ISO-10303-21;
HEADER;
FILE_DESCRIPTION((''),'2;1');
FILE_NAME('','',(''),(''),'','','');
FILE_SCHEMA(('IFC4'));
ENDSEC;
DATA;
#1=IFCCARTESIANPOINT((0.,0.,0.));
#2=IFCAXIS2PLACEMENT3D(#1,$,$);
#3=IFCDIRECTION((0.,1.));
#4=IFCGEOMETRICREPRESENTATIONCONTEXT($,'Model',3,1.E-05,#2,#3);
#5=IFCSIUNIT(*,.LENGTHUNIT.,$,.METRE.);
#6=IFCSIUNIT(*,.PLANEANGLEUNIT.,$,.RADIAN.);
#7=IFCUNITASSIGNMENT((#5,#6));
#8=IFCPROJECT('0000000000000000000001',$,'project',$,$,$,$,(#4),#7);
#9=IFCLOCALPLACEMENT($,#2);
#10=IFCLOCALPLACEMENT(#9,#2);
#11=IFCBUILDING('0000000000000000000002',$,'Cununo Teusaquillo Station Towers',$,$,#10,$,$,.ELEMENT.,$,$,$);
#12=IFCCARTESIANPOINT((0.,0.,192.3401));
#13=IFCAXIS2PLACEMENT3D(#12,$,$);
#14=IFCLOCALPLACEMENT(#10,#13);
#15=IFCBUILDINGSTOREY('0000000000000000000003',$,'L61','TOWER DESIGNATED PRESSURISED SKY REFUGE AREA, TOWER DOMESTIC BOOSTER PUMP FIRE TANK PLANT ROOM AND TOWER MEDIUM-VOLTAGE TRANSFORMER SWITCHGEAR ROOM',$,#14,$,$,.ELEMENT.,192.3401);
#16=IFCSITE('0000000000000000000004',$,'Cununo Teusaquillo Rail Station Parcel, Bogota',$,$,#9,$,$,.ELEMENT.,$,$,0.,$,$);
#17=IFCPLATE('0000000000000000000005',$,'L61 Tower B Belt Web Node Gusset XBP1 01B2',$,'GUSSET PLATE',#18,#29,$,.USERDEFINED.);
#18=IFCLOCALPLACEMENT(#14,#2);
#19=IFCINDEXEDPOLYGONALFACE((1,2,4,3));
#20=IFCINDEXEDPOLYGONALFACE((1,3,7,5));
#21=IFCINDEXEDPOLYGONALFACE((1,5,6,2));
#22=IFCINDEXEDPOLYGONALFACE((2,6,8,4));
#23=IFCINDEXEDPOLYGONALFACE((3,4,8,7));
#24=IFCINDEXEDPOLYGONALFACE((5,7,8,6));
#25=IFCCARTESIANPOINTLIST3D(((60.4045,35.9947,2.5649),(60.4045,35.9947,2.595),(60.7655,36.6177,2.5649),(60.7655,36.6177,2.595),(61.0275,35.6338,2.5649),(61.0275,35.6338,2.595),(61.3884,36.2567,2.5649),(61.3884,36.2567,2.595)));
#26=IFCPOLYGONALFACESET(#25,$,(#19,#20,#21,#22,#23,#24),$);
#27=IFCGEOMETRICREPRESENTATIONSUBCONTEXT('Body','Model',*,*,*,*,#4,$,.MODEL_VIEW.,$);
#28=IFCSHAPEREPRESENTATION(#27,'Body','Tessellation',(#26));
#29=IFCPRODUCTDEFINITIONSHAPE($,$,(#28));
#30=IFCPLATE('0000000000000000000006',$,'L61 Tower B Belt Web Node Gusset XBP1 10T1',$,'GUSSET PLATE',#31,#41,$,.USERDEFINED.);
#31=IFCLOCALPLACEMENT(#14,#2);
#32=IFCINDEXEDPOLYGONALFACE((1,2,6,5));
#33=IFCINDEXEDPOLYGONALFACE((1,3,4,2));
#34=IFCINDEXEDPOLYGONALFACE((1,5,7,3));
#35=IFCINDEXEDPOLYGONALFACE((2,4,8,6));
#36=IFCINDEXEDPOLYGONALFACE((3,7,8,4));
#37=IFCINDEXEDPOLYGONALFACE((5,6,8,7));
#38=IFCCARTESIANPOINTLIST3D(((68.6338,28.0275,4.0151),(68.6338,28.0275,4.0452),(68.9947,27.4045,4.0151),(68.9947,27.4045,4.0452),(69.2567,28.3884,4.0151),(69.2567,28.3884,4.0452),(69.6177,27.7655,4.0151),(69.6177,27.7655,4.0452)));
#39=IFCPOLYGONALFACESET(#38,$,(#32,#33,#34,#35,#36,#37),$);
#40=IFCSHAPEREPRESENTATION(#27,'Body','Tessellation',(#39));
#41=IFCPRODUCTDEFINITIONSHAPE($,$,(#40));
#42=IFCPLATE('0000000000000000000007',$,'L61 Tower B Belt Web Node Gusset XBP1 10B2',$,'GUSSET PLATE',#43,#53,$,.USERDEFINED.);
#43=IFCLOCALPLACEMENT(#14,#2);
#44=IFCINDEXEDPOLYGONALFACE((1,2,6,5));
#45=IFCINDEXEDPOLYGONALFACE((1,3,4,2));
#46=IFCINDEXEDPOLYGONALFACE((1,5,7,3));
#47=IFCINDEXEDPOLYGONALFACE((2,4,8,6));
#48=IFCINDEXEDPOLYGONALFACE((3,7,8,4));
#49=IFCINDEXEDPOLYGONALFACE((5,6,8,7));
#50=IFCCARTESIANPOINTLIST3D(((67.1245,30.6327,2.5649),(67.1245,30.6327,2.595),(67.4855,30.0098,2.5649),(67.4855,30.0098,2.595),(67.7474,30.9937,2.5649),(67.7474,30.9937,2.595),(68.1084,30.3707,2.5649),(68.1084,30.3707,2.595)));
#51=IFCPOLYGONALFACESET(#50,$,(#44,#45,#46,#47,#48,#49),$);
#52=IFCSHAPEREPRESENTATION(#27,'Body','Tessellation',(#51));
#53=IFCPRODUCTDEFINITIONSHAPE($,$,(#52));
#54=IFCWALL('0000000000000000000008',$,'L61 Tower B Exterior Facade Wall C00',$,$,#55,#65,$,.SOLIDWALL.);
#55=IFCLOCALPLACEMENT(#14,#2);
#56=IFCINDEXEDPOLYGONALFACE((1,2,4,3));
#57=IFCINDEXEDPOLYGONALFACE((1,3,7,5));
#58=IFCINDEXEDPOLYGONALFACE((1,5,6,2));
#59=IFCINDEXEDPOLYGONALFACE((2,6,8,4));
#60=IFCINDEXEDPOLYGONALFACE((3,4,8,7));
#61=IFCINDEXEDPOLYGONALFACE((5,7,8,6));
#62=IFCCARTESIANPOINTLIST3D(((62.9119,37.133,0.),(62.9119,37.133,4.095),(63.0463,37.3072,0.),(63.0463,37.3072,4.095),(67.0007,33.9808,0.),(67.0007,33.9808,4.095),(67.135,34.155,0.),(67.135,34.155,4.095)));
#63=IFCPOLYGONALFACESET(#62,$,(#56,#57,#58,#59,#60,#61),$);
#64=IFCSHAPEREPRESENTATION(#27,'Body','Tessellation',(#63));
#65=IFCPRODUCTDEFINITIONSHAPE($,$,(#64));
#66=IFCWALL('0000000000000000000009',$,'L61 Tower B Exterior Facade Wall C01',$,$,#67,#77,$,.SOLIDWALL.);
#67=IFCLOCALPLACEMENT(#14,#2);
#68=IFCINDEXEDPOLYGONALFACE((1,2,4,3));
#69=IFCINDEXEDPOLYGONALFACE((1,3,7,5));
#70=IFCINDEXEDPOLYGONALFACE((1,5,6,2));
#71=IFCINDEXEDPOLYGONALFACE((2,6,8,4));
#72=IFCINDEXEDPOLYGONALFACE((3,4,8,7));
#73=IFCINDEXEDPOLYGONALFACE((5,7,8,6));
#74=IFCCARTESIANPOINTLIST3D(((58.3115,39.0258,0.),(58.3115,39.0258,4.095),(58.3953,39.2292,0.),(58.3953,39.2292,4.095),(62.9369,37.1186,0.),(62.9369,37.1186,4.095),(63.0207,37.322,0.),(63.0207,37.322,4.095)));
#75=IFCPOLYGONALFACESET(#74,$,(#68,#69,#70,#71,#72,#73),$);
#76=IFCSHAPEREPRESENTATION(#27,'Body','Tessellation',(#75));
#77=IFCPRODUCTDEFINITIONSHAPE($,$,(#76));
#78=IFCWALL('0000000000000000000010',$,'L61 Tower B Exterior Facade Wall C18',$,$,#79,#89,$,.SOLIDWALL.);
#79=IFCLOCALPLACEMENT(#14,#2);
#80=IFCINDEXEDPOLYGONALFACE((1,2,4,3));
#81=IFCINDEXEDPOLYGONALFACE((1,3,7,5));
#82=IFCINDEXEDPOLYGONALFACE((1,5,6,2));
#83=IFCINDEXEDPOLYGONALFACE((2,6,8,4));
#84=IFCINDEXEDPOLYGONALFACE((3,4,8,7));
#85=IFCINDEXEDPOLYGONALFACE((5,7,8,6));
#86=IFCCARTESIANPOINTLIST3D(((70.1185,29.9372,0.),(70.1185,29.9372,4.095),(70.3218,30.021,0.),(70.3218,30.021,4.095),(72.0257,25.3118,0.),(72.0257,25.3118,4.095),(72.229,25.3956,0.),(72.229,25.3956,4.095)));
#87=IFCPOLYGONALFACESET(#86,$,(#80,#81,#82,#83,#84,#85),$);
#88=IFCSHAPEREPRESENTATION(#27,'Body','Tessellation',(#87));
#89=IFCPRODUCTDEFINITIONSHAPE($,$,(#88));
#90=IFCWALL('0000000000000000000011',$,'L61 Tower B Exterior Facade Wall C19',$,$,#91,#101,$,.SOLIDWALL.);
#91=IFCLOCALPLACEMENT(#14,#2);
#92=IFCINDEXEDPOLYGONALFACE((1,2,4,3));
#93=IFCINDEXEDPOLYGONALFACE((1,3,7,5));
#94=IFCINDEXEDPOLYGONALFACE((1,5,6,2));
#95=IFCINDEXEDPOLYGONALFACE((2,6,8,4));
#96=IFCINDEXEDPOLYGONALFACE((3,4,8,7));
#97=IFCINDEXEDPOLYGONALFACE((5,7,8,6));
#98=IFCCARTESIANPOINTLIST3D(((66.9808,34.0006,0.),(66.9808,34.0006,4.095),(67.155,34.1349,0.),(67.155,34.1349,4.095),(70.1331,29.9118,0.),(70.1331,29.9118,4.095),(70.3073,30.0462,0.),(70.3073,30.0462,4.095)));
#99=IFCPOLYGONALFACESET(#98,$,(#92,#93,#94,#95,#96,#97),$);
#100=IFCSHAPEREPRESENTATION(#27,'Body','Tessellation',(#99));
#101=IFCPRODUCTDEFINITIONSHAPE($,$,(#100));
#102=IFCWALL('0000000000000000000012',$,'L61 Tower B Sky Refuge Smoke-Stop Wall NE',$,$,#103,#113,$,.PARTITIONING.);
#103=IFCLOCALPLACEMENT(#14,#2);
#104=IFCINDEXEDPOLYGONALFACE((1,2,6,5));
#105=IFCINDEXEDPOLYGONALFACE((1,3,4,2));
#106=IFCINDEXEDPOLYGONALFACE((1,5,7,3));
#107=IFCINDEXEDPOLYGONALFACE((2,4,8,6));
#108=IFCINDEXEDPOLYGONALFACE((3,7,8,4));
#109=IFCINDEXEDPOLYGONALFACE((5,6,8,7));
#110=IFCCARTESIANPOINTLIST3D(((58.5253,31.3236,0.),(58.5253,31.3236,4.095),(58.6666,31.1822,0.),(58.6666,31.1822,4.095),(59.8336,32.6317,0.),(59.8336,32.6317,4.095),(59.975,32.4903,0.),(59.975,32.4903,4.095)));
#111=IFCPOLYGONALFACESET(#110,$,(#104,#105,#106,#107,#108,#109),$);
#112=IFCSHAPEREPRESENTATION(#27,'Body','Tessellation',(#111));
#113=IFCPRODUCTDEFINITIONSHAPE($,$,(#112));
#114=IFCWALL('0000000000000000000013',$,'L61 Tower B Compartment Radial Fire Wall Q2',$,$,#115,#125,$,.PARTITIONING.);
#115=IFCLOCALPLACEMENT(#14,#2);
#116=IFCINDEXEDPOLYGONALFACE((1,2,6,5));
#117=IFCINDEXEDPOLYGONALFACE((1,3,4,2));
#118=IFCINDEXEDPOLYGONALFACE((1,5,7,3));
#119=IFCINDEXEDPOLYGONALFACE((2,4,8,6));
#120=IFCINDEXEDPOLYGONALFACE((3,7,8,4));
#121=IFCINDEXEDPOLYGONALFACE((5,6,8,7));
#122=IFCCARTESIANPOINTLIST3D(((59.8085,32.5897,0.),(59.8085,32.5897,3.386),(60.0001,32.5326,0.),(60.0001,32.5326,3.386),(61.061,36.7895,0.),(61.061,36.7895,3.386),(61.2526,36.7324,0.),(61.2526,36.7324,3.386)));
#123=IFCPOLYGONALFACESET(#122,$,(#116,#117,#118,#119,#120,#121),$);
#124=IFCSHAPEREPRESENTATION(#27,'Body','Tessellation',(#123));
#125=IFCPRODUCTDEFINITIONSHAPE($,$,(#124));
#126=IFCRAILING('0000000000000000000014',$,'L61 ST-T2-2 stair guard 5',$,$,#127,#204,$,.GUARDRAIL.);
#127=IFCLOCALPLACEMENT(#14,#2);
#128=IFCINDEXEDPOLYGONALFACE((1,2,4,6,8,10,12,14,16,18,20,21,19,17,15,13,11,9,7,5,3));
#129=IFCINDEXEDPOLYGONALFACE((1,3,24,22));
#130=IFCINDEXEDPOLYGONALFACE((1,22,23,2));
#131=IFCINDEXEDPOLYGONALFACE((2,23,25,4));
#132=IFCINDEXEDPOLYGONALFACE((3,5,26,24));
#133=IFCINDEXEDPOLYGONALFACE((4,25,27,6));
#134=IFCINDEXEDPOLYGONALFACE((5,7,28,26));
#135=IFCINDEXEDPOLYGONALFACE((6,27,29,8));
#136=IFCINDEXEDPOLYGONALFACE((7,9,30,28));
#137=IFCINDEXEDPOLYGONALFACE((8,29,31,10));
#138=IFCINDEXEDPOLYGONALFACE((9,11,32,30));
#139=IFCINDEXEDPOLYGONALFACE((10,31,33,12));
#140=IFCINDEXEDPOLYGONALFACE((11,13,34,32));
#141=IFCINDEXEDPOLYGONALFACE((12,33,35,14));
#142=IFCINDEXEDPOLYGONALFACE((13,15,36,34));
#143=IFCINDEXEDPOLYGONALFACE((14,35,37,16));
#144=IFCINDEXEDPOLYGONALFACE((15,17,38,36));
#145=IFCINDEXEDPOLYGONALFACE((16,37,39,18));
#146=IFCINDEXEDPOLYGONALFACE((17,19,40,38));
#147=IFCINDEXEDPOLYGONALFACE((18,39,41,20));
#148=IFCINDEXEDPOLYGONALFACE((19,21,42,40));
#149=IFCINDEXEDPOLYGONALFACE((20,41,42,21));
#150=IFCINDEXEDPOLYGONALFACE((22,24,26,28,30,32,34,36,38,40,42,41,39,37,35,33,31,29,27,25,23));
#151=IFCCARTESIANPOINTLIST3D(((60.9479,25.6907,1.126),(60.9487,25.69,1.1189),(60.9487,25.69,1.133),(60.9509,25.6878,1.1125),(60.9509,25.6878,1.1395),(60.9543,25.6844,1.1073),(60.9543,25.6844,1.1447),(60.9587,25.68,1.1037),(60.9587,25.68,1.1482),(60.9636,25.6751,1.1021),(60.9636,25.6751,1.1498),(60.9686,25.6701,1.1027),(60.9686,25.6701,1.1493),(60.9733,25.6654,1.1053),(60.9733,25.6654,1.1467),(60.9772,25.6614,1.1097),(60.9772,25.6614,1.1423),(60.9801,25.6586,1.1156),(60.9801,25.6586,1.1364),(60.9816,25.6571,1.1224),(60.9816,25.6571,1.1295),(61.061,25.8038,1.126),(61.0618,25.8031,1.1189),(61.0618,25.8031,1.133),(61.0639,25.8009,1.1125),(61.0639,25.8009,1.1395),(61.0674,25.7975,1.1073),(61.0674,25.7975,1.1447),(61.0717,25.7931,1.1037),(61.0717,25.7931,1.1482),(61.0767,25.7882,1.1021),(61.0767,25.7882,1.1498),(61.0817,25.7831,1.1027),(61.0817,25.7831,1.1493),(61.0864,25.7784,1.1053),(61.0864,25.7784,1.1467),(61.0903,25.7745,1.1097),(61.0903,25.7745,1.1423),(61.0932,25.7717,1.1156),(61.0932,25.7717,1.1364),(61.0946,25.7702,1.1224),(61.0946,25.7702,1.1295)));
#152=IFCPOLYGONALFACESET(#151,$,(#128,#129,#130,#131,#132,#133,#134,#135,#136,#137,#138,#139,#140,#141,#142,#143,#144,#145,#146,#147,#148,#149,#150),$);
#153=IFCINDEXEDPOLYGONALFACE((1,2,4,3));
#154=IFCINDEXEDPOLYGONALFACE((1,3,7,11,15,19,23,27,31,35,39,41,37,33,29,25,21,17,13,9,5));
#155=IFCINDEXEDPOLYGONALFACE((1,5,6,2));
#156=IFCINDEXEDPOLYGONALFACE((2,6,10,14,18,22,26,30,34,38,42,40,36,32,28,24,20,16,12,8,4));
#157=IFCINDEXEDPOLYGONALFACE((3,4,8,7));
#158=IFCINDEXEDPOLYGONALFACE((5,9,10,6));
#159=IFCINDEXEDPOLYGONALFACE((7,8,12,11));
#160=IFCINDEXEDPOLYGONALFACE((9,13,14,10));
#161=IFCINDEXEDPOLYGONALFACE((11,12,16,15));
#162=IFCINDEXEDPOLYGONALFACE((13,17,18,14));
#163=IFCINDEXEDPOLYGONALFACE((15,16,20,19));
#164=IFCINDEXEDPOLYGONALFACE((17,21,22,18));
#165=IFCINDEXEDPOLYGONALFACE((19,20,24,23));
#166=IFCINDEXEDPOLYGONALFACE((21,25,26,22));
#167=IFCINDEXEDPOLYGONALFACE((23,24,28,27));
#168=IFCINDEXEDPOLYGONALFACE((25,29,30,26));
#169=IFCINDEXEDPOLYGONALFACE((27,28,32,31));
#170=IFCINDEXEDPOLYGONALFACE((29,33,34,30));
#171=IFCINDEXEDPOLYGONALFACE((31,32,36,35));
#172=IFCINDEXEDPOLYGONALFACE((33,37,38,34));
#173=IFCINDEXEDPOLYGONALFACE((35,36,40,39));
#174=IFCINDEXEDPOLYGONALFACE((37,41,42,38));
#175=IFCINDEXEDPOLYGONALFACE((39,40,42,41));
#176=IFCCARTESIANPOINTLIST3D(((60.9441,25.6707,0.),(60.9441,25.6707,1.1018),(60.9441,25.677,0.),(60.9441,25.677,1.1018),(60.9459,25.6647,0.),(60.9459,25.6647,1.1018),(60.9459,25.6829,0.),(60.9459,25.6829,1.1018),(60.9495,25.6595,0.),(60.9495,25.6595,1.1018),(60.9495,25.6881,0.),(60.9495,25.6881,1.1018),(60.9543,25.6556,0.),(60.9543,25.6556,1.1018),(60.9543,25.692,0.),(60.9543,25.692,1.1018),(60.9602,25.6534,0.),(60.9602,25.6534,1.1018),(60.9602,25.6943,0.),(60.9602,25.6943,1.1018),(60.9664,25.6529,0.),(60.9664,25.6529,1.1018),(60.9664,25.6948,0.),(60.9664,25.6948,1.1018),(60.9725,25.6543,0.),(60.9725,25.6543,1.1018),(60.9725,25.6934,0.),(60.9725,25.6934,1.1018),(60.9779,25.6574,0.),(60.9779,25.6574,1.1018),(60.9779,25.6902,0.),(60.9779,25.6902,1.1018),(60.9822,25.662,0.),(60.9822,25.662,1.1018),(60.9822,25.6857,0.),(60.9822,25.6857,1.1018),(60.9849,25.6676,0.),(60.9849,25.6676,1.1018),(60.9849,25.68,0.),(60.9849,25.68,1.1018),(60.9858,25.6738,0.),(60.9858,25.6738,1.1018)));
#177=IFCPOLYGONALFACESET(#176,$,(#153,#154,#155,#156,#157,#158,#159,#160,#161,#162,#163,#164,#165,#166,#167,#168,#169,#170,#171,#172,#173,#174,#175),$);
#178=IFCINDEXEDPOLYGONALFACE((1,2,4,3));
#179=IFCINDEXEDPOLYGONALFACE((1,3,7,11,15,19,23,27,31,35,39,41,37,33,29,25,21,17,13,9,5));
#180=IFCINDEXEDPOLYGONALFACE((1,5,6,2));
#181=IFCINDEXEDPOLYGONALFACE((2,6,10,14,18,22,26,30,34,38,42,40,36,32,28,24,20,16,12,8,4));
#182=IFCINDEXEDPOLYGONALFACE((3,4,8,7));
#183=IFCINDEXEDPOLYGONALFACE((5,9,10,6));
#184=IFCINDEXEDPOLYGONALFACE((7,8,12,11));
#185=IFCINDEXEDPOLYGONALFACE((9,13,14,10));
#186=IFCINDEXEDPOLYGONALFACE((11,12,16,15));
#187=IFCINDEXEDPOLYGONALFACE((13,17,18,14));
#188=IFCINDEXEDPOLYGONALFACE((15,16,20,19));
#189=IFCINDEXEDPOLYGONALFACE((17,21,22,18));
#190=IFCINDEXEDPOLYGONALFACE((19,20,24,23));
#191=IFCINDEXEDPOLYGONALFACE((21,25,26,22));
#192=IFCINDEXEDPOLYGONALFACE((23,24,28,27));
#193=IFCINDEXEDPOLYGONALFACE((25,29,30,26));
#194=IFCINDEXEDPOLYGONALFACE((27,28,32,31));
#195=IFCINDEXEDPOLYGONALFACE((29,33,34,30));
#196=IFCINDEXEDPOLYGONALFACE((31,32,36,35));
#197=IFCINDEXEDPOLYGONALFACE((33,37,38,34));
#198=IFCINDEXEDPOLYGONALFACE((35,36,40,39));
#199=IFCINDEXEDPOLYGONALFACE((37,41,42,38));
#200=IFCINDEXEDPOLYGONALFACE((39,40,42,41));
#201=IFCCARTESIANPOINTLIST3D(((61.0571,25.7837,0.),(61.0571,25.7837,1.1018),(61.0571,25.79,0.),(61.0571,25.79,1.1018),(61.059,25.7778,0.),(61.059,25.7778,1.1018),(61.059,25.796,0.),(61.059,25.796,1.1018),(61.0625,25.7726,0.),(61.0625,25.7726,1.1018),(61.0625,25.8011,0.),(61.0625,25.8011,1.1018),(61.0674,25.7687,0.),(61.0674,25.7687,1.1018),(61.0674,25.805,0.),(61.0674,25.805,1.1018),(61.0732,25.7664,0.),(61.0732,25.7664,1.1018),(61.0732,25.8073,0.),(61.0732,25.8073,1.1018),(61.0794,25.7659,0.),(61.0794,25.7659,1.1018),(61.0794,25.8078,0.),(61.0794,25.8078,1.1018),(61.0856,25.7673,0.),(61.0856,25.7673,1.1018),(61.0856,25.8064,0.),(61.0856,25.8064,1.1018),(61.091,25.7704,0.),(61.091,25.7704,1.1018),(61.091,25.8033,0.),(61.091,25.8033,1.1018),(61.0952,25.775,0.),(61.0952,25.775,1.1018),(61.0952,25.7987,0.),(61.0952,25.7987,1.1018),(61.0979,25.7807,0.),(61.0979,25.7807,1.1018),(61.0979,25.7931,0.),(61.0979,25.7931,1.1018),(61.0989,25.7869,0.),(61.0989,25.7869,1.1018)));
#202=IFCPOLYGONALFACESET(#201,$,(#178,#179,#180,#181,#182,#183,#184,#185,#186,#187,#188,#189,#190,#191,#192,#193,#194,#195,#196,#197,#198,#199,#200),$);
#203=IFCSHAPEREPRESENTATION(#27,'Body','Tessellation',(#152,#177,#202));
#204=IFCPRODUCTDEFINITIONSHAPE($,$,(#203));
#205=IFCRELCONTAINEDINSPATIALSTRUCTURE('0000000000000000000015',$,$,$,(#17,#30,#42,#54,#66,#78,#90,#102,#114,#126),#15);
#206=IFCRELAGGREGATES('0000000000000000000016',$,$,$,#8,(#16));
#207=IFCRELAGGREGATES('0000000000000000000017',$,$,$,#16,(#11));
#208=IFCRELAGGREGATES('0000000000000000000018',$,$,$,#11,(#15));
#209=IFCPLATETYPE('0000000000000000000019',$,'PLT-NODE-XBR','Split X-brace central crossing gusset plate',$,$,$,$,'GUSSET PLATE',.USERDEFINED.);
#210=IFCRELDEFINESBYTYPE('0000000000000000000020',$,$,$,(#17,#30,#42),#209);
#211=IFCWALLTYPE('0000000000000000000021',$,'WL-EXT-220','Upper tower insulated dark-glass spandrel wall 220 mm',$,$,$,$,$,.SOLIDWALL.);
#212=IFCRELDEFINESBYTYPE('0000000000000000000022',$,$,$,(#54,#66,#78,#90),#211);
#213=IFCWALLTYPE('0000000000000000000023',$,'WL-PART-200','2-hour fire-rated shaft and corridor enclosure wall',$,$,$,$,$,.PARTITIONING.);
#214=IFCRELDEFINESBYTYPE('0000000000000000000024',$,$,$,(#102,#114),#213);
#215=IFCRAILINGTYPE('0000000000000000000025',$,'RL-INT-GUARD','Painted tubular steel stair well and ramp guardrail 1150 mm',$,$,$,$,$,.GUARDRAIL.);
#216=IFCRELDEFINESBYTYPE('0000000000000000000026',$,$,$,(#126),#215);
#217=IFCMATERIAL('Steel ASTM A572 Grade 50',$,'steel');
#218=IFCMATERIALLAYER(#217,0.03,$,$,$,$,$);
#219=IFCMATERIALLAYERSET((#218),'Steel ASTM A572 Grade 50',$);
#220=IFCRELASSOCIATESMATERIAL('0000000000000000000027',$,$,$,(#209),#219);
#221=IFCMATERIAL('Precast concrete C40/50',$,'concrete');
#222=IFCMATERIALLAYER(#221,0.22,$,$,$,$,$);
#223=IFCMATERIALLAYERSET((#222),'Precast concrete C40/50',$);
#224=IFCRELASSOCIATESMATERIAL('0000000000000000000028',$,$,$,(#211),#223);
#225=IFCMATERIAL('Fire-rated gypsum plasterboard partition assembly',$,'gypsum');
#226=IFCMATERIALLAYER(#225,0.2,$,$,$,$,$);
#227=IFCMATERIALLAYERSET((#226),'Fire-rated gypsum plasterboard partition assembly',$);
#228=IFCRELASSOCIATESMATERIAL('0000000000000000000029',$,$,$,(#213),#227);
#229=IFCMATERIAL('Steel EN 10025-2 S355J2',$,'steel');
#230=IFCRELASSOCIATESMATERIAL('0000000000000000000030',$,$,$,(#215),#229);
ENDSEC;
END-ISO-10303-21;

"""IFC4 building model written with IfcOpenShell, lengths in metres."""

from ifc_helpers import new_model, si_unit, direction, frame, frame_2d, origin, origin_2d, place, context, subcontext, project, spatial, rectangle, circle, extrude, source, transform, mapped, material, layer, layer_set, type_object, element, save


model = new_model("IFC4")

# Units and contexts
model_context = context("Model", 3, precision=1e-05, world=origin(), true_north=direction((0.0, 1.0)))
body_context = subcontext(model_context, "Body", "Model", "MODEL_VIEW")
ifc_project = project(units=[si_unit("LENGTHUNIT", "METRE"), si_unit("PLANEANGLEUNIT", "RADIAN")], contexts=[model_context])

# Site, building, storey
site_placement = place(None, origin())
site = spatial("IfcSite", under=ifc_project, at=site_placement, Name="Cununo Teusaquillo Rail Station Parcel, Bogota", CompositionType="ELEMENT", RefElevation=0.0)
building_placement = place(site_placement, origin())
building = spatial("IfcBuilding", under=site, at=building_placement, Name="Cununo Teusaquillo Station Towers", CompositionType="ELEMENT")
storey_placement = place(building_placement, frame((0.0, 0.0, 192.3401)))
storey = spatial("IfcBuildingStorey", under=building, at=storey_placement, Name="L61", Description="TOWER DESIGNATED PRESSURISED SKY REFUGE AREA, TOWER DOMESTIC BOOSTER PUMP FIRE TANK PLANT ROOM AND TOWER MEDIUM-VOLTAGE TRANSFORMER SWITCHGEAR ROOM", CompositionType="ELEMENT", Elevation=192.3401)

# Plates
ifc_material_1 = material(Name="Steel ASTM A572 Grade 50", Category="steel")
ifc_layer_1 = layer(ifc_material_1, 0.03)
ifc_layer_set_1 = layer_set([ifc_layer_1], Name="Steel ASTM A572 Grade 50")
plate_type_1 = type_object("IfcPlateType", Name="PLT-NODE-XBR", Description="Split X-brace central crossing gusset plate", ElementType="GUSSET PLATE", PredefinedType="USERDEFINED", material=ifc_layer_set_1)
shared_shape_1 = source(origin(), body_context, "Body", "SweptSolid", [
    extrude(rectangle(XDim=0.72, YDim=0.72, at=origin_2d()), origin(), (0.0, 0.0, 1.0), 0.03),
])
for number, where, z_axis, x_axis, name in (
    (1, (60.8965, 36.1257, 2.5649), (0.0, 0.0, 1.0), (-0.865239, 0.50136, 0.0), "L61 Tower B Belt Web Node Gusset XBP1 01B2"),
    (2, (69.1257, 27.8965, 4.0151), (0.0, 0.0, 1.0), (-0.50136, 0.865239, 0.0), "L61 Tower B Belt Web Node Gusset XBP1 10T1"),
    (3, (67.6165, 30.5017, 2.5649), (0.0, 0.0, 1.0), (-0.50136, 0.865239, 0.0), "L61 Tower B Belt Web Node Gusset XBP1 10B2"),
):
    element("IfcPlate", number, at=place(storey_placement, frame(where, z_axis=z_axis, x_axis=x_axis)), inside=storey, type_object=plate_type_1, Name=name, ObjectType="GUSSET PLATE", PredefinedType="USERDEFINED", context=body_context, shape_type="MappedRepresentation", body=[
        mapped(shared_shape_1, transform((0.0, 0.0, 0.0), x_axis=(1.0, 0.0, 0.0), y_axis=(0.0, 1.0, 0.0), z_axis=(0.0, 0.0, 1.0), scale=1.0)),
    ])

# Walls
ifc_material_2 = material(Name="Precast concrete C40/50", Category="concrete")
ifc_layer_2 = layer(ifc_material_2, 0.22)
ifc_layer_set_2 = layer_set([ifc_layer_2], Name="Precast concrete C40/50")
wall_type_1 = type_object("IfcWallType", Name="WL-EXT-220", Description="Upper tower insulated dark-glass spandrel wall 220 mm", PredefinedType="SOLIDWALL", material=ifc_layer_set_2)
wall_1_placement = place(storey_placement, frame((62.979, 37.2202, 0.0), z_axis=(0.0, 0.0, 1.0), x_axis=(0.791963, -0.61057, 0.0)))
element("IfcWall", 4, at=wall_1_placement, inside=storey, type_object=wall_type_1, Name="L61 Tower B Exterior Facade Wall C00", PredefinedType="SOLIDWALL", context=body_context, shape_type="SweptSolid", body=[
    extrude(rectangle(XDim=5.1628, YDim=0.22, at=frame_2d((2.5815, 0.0))), origin(), (0.0, 0.0, 1.0), 4.095),
])
for number, where, z_axis, x_axis, name in (
    (5, (58.3535, 39.1274, 0.0), (0.0, 0.0, 1.0), (0.924494, -0.381196, 0.0), "L61 Tower B Exterior Facade Wall C01"),
    (6, (70.2202, 29.979, 0.0), (0.0, 0.0, 1.0), (0.381196, -0.924494, 0.0), "L61 Tower B Exterior Facade Wall C18"),
):
    element("IfcWall", number, at=place(storey_placement, frame(where, z_axis=z_axis, x_axis=x_axis)), inside=storey, type_object=wall_type_1, Name=name, PredefinedType="SOLIDWALL", context=body_context, shape_type="SweptSolid", body=[
        extrude(rectangle(XDim=5.0032, YDim=0.22, at=frame_2d((2.5015, 0.0))), origin(), (0.0, 0.0, 1.0), 4.095),
    ])
wall_2_placement = place(storey_placement, frame((67.0679, 34.0679, 0.0), z_axis=(0.0, 0.0, 1.0), x_axis=(0.61057, -0.791963, 0.0)))
element("IfcWall", 7, at=wall_2_placement, inside=storey, type_object=wall_type_1, Name="L61 Tower B Exterior Facade Wall C19", PredefinedType="SOLIDWALL", context=body_context, shape_type="SweptSolid", body=[
    extrude(rectangle(XDim=5.1628, YDim=0.22, at=frame_2d((2.5815, 0.0))), origin(), (0.0, 0.0, 1.0), 4.095),
])
ifc_material_3 = material(Name="Fire-rated gypsum plasterboard partition assembly", Category="gypsum")
ifc_layer_3 = layer(ifc_material_3, 0.2)
ifc_layer_set_3 = layer_set([ifc_layer_3], Name="Fire-rated gypsum plasterboard partition assembly")
wall_type_2 = type_object("IfcWallType", Name="WL-PART-200", Description="2-hour fire-rated shaft and corridor enclosure wall", PredefinedType="PARTITIONING", material=ifc_layer_set_3)
wall_3_placement = place(storey_placement, frame((58.5959, 31.2529, 0.0), z_axis=(0.0, 0.0, 1.0), x_axis=(0.707173, 0.707041, 0.0)))
element("IfcWall", 8, at=wall_3_placement, inside=storey, type_object=wall_type_2, Name="L61 Tower B Sky Refuge Smoke-Stop Wall NE", PredefinedType="PARTITIONING", context=body_context, shape_type="SweptSolid", body=[
    extrude(rectangle(XDim=1.8501, YDim=0.2, at=frame_2d((0.925, 0.0))), origin(), (0.0, 0.0, 1.0), 4.095),
])
wall_4_placement = place(storey_placement, frame((59.9043, 32.561, 0.0), z_axis=(0.0, 0.0, 1.0), x_axis=(0.285784, 0.958294, 0.0)))
element("IfcWall", 9, at=wall_4_placement, inside=storey, type_object=wall_type_2, Name="L61 Tower B Compartment Radial Fire Wall Q2", PredefinedType="PARTITIONING", context=body_context, shape_type="SweptSolid", body=[
    extrude(rectangle(XDim=4.3826, YDim=0.2, at=frame_2d((2.1914, 0.0))), origin(), (0.0, 0.0, 1.0), 3.386),
])

# Railing
ifc_material_4 = material(Name="Steel EN 10025-2 S355J2", Category="steel")
railing_type = type_object("IfcRailingType", Name="RL-INT-GUARD", Description="Painted tubular steel stair well and ramp guardrail 1150 mm", PredefinedType="GUARDRAIL", material=ifc_material_4)
railing_placement = place(storey_placement, frame((60.9648, 25.6738, 0.0)))
element("IfcRailing", 10, at=railing_placement, inside=storey, type_object=railing_type, Name="L61 ST-T2-2 stair guard 5", PredefinedType="GUARDRAIL", context=body_context, shape_type="SweptSolid", body=[
    extrude(circle(Radius=0.0239, at=origin_2d()), frame((0.0, 0.0, 1.126), z_axis=(0.707107, 0.707107, 0.0), x_axis=(-0.707107, 0.707107, 0.0)), (0.0, 0.0, 1.0), 0.1599),
    extrude(circle(Radius=0.021, at=origin_2d()), origin(), (0.0, 0.0, 1.0), 1.1018),
    extrude(circle(Radius=0.021, at=origin_2d()), frame((0.113, 0.113, 0.0)), (0.0, 0.0, 1.0), 1.1018),
])

save(model, "model.ifc")
